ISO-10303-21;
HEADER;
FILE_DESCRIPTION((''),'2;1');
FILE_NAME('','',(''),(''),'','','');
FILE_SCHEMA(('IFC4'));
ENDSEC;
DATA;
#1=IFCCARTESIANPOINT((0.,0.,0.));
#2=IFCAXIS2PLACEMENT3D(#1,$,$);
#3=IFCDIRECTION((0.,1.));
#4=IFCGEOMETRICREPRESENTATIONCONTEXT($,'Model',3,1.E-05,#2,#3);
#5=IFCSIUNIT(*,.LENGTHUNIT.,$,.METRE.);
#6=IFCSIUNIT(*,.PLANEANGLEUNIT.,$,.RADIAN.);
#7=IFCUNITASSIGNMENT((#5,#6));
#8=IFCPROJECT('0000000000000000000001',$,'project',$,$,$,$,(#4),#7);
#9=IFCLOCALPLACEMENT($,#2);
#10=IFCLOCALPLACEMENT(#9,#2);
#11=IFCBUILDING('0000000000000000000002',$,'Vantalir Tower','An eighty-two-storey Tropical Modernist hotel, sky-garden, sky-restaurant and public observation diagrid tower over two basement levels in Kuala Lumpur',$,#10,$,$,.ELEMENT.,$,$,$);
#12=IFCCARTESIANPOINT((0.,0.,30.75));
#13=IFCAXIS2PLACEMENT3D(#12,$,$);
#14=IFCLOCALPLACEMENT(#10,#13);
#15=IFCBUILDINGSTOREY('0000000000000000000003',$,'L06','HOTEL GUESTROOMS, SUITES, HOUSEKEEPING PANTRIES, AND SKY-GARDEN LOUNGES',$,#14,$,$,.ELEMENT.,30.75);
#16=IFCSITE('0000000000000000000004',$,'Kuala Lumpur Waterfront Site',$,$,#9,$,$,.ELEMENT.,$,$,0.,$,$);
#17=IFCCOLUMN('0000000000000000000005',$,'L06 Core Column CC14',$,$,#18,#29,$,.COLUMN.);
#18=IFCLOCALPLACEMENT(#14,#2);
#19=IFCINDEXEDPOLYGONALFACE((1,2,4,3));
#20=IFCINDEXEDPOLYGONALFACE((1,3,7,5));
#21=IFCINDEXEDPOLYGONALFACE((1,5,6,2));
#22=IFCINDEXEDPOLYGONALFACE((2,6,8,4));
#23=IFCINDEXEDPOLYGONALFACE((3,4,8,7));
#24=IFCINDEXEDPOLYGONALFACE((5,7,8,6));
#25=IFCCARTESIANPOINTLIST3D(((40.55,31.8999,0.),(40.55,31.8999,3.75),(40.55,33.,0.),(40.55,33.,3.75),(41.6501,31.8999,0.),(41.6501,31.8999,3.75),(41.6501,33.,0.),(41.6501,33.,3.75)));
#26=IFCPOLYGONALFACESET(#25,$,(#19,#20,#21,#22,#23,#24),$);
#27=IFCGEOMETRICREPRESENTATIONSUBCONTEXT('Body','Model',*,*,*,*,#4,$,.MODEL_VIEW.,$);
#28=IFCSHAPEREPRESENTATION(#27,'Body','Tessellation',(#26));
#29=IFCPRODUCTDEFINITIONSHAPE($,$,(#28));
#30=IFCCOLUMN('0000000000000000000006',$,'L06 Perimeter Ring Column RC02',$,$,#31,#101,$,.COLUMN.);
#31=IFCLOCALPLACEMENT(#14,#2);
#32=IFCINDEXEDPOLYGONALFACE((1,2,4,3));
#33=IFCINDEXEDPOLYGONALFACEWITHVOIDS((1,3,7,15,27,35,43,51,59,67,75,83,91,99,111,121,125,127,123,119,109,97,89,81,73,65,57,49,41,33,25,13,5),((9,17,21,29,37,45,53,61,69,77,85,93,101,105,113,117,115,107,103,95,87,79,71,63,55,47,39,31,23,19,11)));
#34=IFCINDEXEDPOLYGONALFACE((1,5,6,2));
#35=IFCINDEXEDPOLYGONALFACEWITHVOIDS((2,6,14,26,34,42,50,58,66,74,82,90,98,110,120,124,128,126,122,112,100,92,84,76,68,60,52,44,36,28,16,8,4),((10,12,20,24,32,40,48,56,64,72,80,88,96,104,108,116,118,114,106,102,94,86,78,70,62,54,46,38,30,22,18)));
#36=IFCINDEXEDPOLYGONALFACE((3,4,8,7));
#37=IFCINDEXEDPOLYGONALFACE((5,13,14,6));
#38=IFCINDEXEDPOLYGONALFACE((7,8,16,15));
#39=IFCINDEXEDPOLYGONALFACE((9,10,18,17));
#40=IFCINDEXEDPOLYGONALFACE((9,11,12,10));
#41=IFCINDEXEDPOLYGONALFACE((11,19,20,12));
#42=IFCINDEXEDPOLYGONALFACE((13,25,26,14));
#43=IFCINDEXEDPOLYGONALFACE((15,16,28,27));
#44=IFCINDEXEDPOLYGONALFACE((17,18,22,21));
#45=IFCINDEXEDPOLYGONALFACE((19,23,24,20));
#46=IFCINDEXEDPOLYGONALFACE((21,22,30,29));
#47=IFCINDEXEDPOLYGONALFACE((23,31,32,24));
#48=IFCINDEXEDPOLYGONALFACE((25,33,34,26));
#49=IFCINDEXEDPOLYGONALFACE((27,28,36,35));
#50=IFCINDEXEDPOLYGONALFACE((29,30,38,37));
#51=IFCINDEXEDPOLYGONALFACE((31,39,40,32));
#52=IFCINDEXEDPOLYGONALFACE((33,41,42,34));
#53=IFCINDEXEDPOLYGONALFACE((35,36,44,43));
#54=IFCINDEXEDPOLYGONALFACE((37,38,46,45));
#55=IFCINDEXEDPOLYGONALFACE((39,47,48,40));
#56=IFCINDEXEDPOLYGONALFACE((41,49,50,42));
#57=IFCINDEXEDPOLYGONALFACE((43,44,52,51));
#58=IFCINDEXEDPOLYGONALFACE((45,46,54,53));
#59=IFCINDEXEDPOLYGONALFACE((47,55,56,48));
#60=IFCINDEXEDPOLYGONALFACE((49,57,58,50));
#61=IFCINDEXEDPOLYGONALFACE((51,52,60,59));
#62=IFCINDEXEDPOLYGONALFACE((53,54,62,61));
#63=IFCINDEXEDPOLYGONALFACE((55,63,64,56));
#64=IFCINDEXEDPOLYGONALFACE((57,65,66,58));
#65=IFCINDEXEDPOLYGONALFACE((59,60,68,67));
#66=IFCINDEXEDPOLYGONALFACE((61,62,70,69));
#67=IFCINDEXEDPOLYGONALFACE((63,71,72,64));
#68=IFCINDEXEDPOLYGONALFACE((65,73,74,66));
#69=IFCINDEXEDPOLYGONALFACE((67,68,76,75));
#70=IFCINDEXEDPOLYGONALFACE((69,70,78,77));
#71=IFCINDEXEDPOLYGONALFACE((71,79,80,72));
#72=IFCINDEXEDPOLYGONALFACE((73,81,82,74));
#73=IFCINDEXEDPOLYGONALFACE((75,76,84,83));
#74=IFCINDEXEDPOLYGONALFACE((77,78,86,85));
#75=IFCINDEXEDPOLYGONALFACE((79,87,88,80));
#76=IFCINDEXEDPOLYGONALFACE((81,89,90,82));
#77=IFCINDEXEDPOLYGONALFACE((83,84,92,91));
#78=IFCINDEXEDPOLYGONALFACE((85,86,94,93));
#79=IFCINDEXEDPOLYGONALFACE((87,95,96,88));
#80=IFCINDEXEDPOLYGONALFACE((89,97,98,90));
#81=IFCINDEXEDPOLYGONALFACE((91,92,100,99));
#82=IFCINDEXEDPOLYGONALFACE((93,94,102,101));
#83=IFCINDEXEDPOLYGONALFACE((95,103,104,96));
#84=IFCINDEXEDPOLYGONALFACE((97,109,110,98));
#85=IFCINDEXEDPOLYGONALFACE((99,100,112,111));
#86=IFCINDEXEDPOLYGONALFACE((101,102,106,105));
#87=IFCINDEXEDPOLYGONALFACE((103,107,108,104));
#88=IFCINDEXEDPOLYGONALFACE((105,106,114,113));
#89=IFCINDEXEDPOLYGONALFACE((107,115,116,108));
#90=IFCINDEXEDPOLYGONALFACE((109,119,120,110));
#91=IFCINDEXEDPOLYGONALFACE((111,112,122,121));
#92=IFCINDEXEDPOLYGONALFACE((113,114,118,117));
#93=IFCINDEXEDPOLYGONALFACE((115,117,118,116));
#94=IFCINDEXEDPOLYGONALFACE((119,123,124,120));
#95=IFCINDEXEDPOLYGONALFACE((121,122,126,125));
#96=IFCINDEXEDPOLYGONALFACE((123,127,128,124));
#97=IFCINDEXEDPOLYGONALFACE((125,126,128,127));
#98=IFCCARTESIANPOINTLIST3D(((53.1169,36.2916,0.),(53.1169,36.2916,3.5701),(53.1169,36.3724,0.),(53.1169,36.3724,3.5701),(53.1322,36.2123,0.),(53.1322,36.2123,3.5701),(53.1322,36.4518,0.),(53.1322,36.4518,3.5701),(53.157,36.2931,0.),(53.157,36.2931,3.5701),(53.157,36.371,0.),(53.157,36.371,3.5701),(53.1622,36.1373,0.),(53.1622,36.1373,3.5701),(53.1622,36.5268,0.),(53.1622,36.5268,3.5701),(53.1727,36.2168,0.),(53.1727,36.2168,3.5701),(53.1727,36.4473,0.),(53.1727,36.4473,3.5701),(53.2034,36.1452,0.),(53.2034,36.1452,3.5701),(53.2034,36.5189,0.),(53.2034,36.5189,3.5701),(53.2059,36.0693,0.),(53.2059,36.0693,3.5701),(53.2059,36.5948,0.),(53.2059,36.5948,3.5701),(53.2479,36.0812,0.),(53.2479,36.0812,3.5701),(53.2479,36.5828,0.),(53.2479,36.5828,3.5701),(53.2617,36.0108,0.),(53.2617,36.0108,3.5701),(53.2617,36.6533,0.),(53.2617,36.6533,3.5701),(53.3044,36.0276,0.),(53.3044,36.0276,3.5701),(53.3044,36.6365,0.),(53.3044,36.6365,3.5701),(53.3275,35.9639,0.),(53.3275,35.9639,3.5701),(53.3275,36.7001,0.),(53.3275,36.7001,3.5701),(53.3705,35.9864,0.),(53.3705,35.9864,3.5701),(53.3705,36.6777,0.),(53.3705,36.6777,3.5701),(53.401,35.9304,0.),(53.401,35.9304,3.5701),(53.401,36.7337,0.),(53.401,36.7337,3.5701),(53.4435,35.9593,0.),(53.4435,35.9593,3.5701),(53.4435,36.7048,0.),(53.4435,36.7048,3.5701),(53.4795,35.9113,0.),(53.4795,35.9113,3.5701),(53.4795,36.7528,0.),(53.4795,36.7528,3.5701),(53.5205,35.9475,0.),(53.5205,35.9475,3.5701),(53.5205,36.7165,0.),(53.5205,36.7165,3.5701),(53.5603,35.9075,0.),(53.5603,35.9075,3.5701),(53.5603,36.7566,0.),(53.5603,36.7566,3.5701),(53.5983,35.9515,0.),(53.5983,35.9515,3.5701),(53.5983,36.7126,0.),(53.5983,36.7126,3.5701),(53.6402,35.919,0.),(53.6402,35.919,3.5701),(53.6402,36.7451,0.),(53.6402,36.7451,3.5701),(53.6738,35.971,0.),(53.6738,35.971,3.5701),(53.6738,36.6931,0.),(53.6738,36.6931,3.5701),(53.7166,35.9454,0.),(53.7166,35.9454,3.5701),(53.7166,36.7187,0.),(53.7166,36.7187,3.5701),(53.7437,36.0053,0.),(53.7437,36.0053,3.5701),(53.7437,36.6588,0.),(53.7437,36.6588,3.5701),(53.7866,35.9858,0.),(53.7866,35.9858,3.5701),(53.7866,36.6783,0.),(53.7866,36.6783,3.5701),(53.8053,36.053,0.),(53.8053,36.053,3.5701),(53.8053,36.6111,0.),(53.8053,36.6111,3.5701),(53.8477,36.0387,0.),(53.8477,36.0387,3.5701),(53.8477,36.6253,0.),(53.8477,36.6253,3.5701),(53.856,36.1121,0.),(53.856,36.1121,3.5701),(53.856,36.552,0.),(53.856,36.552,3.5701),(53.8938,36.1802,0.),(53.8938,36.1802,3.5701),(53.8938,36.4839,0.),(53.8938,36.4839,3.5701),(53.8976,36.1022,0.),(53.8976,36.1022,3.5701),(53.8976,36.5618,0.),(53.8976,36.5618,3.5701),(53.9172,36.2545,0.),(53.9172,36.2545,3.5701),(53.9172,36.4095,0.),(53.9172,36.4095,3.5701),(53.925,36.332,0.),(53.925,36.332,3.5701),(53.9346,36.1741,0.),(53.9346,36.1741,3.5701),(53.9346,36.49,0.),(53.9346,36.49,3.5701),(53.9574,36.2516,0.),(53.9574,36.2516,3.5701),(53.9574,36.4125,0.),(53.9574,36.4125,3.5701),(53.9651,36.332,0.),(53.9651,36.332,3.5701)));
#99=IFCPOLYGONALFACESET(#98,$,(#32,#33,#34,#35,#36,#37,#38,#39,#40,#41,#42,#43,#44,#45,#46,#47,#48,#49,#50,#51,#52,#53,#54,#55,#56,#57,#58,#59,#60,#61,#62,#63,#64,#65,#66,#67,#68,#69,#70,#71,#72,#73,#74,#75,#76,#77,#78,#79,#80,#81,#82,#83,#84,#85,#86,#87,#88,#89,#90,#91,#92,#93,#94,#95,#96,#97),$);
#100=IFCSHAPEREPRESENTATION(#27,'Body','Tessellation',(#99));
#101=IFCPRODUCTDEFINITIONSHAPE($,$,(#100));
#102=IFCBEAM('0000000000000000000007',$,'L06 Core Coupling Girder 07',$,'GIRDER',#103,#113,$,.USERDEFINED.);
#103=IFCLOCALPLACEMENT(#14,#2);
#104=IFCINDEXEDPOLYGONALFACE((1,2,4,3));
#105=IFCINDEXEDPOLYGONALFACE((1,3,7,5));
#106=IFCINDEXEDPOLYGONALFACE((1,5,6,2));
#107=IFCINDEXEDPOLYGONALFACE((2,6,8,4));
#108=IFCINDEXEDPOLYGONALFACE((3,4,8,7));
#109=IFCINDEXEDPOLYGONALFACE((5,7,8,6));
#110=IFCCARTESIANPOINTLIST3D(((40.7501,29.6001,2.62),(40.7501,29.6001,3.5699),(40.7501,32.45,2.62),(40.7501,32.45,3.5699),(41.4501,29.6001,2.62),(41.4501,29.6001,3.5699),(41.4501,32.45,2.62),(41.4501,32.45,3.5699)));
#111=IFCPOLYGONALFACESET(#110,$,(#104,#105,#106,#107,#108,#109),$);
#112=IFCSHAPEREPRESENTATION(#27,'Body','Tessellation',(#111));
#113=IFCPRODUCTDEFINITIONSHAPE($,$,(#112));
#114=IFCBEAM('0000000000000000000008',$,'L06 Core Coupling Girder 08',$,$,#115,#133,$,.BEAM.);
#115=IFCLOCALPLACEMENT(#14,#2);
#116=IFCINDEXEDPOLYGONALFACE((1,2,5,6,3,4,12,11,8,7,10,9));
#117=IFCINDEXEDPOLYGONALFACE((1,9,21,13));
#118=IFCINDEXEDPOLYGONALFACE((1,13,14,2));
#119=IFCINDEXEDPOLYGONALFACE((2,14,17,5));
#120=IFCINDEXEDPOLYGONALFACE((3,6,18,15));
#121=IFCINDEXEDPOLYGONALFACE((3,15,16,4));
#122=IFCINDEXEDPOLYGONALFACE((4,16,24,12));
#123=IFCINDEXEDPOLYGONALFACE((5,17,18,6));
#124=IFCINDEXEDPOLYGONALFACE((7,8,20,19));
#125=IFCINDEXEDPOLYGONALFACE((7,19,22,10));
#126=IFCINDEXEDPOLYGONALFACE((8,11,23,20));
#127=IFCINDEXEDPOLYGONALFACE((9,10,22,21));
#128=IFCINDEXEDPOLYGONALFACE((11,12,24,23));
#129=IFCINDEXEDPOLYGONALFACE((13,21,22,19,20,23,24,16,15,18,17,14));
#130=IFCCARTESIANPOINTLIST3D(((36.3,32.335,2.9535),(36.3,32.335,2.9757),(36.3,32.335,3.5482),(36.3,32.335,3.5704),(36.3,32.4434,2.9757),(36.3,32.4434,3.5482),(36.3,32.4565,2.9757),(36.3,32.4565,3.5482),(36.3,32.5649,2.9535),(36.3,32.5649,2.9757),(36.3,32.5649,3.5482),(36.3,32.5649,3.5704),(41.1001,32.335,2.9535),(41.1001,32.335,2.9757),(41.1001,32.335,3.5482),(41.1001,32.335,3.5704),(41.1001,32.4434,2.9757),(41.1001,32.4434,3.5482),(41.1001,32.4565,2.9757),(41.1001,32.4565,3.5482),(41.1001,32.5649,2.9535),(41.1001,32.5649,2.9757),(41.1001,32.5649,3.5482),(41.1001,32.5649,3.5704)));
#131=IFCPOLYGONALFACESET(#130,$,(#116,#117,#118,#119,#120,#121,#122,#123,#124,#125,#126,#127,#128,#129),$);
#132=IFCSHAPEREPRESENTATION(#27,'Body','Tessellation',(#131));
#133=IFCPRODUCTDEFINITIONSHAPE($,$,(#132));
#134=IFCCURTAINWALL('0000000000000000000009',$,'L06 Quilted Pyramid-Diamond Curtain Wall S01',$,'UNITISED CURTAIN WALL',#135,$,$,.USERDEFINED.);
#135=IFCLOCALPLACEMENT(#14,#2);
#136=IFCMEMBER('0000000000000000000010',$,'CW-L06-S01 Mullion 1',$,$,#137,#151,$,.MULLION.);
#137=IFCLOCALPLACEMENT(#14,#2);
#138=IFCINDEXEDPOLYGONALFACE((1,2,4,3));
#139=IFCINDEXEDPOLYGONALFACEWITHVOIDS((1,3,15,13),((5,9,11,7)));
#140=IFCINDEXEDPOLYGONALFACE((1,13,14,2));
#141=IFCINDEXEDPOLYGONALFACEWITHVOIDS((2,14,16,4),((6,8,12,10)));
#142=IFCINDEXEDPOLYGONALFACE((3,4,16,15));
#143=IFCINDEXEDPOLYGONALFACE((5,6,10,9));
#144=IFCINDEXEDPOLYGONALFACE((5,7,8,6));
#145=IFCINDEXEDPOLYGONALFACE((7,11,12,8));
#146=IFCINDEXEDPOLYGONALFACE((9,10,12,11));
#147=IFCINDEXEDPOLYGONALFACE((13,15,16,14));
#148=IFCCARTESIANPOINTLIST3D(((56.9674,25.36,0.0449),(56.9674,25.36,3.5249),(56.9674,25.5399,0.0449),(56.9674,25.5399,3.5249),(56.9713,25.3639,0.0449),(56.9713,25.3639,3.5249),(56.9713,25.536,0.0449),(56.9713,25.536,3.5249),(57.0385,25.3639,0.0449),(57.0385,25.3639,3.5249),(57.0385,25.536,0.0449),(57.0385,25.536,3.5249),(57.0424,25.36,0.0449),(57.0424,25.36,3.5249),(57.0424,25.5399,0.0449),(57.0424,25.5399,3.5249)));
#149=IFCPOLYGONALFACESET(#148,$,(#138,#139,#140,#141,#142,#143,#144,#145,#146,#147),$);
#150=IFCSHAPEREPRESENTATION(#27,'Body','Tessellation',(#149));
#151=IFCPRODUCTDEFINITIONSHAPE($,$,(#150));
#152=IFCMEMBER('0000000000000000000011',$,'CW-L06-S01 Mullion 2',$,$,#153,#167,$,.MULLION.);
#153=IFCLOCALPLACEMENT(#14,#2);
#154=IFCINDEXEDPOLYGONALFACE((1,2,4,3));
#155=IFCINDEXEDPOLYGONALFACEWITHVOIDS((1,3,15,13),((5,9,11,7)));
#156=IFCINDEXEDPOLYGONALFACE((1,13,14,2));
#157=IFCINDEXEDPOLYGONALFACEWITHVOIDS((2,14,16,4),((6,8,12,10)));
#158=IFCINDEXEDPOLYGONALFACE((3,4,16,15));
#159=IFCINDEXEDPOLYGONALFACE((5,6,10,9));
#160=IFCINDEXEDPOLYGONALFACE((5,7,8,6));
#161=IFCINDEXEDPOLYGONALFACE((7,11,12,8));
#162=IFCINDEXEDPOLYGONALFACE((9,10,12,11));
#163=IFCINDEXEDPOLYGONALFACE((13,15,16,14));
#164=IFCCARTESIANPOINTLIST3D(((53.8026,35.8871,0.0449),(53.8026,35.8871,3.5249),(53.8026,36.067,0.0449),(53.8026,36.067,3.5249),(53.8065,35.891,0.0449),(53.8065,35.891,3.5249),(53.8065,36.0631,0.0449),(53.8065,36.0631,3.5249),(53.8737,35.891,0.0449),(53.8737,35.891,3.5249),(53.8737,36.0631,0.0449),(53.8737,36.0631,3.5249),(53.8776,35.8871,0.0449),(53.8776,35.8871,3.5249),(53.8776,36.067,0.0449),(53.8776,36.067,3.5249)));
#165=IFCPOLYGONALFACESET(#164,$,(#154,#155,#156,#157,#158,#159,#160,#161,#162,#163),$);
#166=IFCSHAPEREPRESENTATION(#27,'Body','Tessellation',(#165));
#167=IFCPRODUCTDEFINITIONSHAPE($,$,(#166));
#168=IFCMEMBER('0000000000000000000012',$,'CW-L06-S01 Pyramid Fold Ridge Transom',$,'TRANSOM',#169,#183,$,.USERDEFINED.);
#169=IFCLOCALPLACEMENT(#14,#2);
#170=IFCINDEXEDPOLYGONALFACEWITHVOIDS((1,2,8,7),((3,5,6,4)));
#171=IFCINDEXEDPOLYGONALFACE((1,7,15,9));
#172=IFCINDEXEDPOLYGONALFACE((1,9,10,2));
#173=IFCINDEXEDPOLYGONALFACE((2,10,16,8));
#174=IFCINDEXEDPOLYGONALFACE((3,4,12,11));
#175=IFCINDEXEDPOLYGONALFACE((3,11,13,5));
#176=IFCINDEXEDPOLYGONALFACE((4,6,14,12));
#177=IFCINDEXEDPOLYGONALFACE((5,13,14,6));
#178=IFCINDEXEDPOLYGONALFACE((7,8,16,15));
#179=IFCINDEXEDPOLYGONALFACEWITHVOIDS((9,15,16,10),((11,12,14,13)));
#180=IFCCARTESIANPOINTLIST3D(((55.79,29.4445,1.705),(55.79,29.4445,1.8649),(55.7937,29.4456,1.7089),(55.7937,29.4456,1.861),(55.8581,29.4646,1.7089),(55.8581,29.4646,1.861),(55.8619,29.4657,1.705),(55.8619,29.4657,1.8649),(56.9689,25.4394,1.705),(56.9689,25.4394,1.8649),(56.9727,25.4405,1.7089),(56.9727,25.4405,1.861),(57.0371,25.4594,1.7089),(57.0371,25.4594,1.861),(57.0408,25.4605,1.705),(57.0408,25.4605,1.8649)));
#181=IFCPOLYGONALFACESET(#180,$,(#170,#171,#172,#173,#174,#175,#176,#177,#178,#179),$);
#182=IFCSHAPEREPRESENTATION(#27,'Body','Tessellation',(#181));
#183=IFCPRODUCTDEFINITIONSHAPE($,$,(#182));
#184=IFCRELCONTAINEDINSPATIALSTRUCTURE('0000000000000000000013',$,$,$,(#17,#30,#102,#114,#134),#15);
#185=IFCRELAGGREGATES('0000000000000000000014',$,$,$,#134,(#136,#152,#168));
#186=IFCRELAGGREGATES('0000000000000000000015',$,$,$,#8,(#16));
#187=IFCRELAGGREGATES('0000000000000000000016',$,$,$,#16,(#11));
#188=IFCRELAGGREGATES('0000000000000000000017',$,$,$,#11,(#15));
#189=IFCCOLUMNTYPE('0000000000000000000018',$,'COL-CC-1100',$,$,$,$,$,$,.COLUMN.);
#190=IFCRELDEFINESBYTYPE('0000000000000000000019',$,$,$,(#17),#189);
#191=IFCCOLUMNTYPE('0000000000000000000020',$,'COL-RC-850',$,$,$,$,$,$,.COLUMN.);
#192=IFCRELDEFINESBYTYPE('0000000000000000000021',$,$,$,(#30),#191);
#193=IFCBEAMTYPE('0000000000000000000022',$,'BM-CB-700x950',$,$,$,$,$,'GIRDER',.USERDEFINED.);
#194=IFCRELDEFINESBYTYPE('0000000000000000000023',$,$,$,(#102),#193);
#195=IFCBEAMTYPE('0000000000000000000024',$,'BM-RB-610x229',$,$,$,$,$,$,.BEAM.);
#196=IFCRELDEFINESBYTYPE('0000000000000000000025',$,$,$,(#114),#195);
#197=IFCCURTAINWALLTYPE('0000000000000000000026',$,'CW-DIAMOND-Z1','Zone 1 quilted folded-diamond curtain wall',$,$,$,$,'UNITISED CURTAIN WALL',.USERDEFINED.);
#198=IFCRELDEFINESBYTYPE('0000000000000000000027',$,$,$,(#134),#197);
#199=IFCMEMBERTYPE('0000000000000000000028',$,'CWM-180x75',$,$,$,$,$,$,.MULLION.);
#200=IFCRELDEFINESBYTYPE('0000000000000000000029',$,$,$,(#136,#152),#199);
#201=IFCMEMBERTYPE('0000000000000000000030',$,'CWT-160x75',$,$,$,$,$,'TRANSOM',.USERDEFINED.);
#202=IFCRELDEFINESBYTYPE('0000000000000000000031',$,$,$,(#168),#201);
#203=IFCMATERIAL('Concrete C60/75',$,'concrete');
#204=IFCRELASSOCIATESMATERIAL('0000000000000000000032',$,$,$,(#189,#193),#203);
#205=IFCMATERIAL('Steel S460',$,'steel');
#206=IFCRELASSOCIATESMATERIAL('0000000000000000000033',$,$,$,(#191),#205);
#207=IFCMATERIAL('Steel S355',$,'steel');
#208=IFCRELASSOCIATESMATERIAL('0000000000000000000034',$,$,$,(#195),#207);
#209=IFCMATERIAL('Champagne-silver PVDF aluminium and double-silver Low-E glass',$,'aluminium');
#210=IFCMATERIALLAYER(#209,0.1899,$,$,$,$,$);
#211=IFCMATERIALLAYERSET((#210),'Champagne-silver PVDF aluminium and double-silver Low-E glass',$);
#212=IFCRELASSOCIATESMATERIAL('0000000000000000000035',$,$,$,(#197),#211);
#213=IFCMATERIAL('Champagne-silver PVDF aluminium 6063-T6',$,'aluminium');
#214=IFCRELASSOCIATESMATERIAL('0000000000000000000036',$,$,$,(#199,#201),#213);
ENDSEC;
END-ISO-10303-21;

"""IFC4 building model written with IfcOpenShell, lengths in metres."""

from ifc_helpers import new_model, si_unit, direction, frame, origin, origin_2d, place, context, subcontext, project, spatial, rectangle, hollow_rectangle, hollow_circle, i_section, extrude, material, layer, layer_set, material_profile, profile_set, type_object, element, aggregate, save


model = new_model("IFC4")

# Units and contexts
model_context = context("Model", 3, precision=1e-05, world=origin(), true_north=direction((0.0, 1.0)))
body_context = subcontext(model_context, "Body", "Model", "MODEL_VIEW")
ifc_project = project(units=[si_unit("LENGTHUNIT", "METRE"), si_unit("PLANEANGLEUNIT", "RADIAN")], contexts=[model_context])

# Site, building, storey
site_placement = place(None, origin())
site = spatial("IfcSite", under=ifc_project, at=site_placement, Name="Kuala Lumpur Waterfront Site", CompositionType="ELEMENT", RefElevation=0.0)
building_placement = place(site_placement, origin())
building = spatial("IfcBuilding", under=site, at=building_placement, Name="Vantalir Tower", Description="An eighty-two-storey Tropical Modernist hotel, sky-garden, sky-restaurant and public observation diagrid tower over two basement levels in Kuala Lumpur", CompositionType="ELEMENT")
storey_placement = place(building_placement, frame((0.0, 0.0, 30.75)))
storey = spatial("IfcBuildingStorey", under=building, at=storey_placement, Name="L06", Description="HOTEL GUESTROOMS, SUITES, HOUSEKEEPING PANTRIES, AND SKY-GARDEN LOUNGES", CompositionType="ELEMENT", Elevation=30.75)

# Columns
ifc_material_1 = material(Name="Concrete C60/75", Category="concrete")
ifc_material_profile_1 = material_profile(ifc_material_1, rectangle(XDim=1.1001, YDim=1.1001, at=origin_2d()), Name="Concrete C60/75")
ifc_profile_set_1 = profile_set([ifc_material_profile_1], Name="Concrete C60/75")
column_type_1 = type_object("IfcColumnType", Name="COL-CC-1100", PredefinedType="COLUMN", material=ifc_profile_set_1)
column_1_placement = place(storey_placement, frame((41.1001, 32.45, 0.0), z_axis=(0.0, 0.0, 1.0), x_axis=(1.0, 0.0, 0.0)))
element("IfcColumn", 1, at=column_1_placement, inside=storey, type_object=column_type_1, Name="L06 Core Column CC14", PredefinedType="COLUMN", context=body_context, shape_type="SweptSolid", body=[
    extrude(rectangle(XDim=1.1001, YDim=1.1001, at=origin_2d()), origin(), (0.0, 0.0, 1.0), 3.75),
])
ifc_material_2 = material(Name="Steel S460", Category="steel")
ifc_material_profile_2 = material_profile(ifc_material_2, hollow_circle(Radius=0.425, WallThickness=0.04, at=origin_2d()), Name="Steel S460")
ifc_profile_set_2 = profile_set([ifc_material_profile_2], Name="Steel S460")
column_type_2 = type_object("IfcColumnType", Name="COL-RC-850", PredefinedType="COLUMN", material=ifc_profile_set_2)
column_2_placement = place(storey_placement, frame((53.54, 36.332, 0.0), z_axis=(0.0, 0.0, 1.0), x_axis=(1.0, 0.0, 0.0)))
element("IfcColumn", 2, at=column_2_placement, inside=storey, type_object=column_type_2, Name="L06 Perimeter Ring Column RC02", PredefinedType="COLUMN", context=body_context, shape_type="SweptSolid", body=[
    extrude(hollow_circle(Radius=0.425, WallThickness=0.04, at=origin_2d()), origin(), (0.0, 0.0, 1.0), 3.5701),
])

# Beams
ifc_material_profile_3 = material_profile(ifc_material_1, rectangle(XDim=0.7, YDim=0.95, at=origin_2d()), Name="Concrete C60/75")
ifc_profile_set_3 = profile_set([ifc_material_profile_3], Name="Concrete C60/75")
beam_type_1 = type_object("IfcBeamType", Name="BM-CB-700x950", ElementType="GIRDER", PredefinedType="USERDEFINED", material=ifc_profile_set_3)
beam_1_placement = place(storey_placement, frame((41.1001, 29.6001, 3.095), z_axis=(0.0, 1.0, 0.0), x_axis=(-1.0, 0.0, 0.0)))
element("IfcBeam", 3, at=beam_1_placement, inside=storey, type_object=beam_type_1, Name="L06 Core Coupling Girder 07", ObjectType="GIRDER", PredefinedType="USERDEFINED", context=body_context, shape_type="SweptSolid", body=[
    extrude(rectangle(XDim=0.7, YDim=0.95, at=origin_2d()), origin(), (0.0, 0.0, 1.0), 2.8499),
])
ifc_material_3 = material(Name="Steel S355", Category="steel")
ifc_material_profile_4 = material_profile(ifc_material_3, i_section(OverallWidth=0.23, OverallDepth=0.6169, WebThickness=0.0132, FlangeThickness=0.0222, at=origin_2d()), Name="Steel S355")
ifc_profile_set_4 = profile_set([ifc_material_profile_4], Name="Steel S355")
beam_type_2 = type_object("IfcBeamType", Name="BM-RB-610x229", PredefinedType="BEAM", material=ifc_profile_set_4)
beam_2_placement = place(storey_placement, frame((41.1001, 32.45, 3.262), z_axis=(-1.0, 0.0, 0.0), x_axis=(0.0, -1.0, 0.0)))
element("IfcBeam", 4, at=beam_2_placement, inside=storey, type_object=beam_type_2, Name="L06 Core Coupling Girder 08", PredefinedType="BEAM", context=body_context, shape_type="SweptSolid", body=[
    extrude(i_section(OverallWidth=0.23, OverallDepth=0.6169, WebThickness=0.0132, FlangeThickness=0.0222, at=origin_2d()), origin(), (0.0, 0.0, 1.0), 4.8),
])

# Curtain wall, members
ifc_material_4 = material(Name="Champagne-silver PVDF aluminium and double-silver Low-E glass", Category="aluminium")
ifc_layer_1 = layer(ifc_material_4, 0.1899)
ifc_layer_set_1 = layer_set([ifc_layer_1], Name="Champagne-silver PVDF aluminium and double-silver Low-E glass")
curtain_wall_type = type_object("IfcCurtainWallType", Name="CW-DIAMOND-Z1", Description="Zone 1 quilted folded-diamond curtain wall", ElementType="UNITISED CURTAIN WALL", PredefinedType="USERDEFINED", material=ifc_layer_set_1)
curtain_wall_placement = place(storey_placement, origin())
curtain_wall = element("IfcCurtainWall", 5, at=curtain_wall_placement, inside=storey, type_object=curtain_wall_type, Name="L06 Quilted Pyramid-Diamond Curtain Wall S01", ObjectType="UNITISED CURTAIN WALL", PredefinedType="USERDEFINED")
ifc_material_5 = material(Name="Champagne-silver PVDF aluminium 6063-T6", Category="aluminium")
ifc_material_profile_5 = material_profile(ifc_material_5, hollow_rectangle(XDim=0.075, YDim=0.1799, WallThickness=0.0039, at=origin_2d()), Name="Champagne-silver PVDF aluminium 6063-T6")
ifc_profile_set_5 = profile_set([ifc_material_profile_5], Name="Champagne-silver PVDF aluminium 6063-T6")
member_type_1 = type_object("IfcMemberType", Name="CWM-180x75", PredefinedType="MULLION", material=ifc_profile_set_5)
member_1_placement = place(storey_placement, frame((57.0049, 25.45, 0.0449), z_axis=(0.0, 0.0, 1.0), x_axis=(1.0, 0.0, 0.0)))
member_1 = element("IfcMember", 6, at=member_1_placement, type_object=member_type_1, Name="CW-L06-S01 Mullion 1", PredefinedType="MULLION", context=body_context, shape_type="SweptSolid", body=[
    extrude(hollow_rectangle(XDim=0.075, YDim=0.1799, WallThickness=0.0039, at=origin_2d()), origin(), (0.0, 0.0, 1.0), 3.48),
])
member_2_placement = place(storey_placement, frame((53.8401, 35.9771, 0.0449), z_axis=(0.0, 0.0, 1.0), x_axis=(1.0, 0.0, 0.0)))
member_2 = element("IfcMember", 7, at=member_2_placement, type_object=member_type_1, Name="CW-L06-S01 Mullion 2", PredefinedType="MULLION", context=body_context, shape_type="SweptSolid", body=[
    extrude(hollow_rectangle(XDim=0.075, YDim=0.1799, WallThickness=0.0039, at=origin_2d()), origin(), (0.0, 0.0, 1.0), 3.48),
])
ifc_material_profile_6 = material_profile(ifc_material_5, hollow_rectangle(XDim=0.075, YDim=0.1599, WallThickness=0.0039, at=origin_2d()), Name="Champagne-silver PVDF aluminium 6063-T6")
ifc_profile_set_6 = profile_set([ifc_material_profile_6], Name="Champagne-silver PVDF aluminium 6063-T6")
member_type_2 = type_object("IfcMemberType", Name="CWT-160x75", ElementType="TRANSOM", PredefinedType="USERDEFINED", material=ifc_profile_set_6)
member_3_placement = place(storey_placement, frame((57.0049, 25.45, 1.7849), z_axis=(-0.282382, 0.959302, 0.0), x_axis=(-0.959302, -0.282382, 0.0)))
member_3 = element("IfcMember", 8, at=member_3_placement, type_object=member_type_2, Name="CW-L06-S01 Pyramid Fold Ridge Transom", ObjectType="TRANSOM", PredefinedType="USERDEFINED", context=body_context, shape_type="SweptSolid", body=[
    extrude(hollow_rectangle(XDim=0.075, YDim=0.1599, WallThickness=0.0039, at=origin_2d()), origin(), (0.0, 0.0, 1.0), 4.175),
])
aggregate(curtain_wall, [member_1, member_2, member_3])

save(model, "model.ifc")
